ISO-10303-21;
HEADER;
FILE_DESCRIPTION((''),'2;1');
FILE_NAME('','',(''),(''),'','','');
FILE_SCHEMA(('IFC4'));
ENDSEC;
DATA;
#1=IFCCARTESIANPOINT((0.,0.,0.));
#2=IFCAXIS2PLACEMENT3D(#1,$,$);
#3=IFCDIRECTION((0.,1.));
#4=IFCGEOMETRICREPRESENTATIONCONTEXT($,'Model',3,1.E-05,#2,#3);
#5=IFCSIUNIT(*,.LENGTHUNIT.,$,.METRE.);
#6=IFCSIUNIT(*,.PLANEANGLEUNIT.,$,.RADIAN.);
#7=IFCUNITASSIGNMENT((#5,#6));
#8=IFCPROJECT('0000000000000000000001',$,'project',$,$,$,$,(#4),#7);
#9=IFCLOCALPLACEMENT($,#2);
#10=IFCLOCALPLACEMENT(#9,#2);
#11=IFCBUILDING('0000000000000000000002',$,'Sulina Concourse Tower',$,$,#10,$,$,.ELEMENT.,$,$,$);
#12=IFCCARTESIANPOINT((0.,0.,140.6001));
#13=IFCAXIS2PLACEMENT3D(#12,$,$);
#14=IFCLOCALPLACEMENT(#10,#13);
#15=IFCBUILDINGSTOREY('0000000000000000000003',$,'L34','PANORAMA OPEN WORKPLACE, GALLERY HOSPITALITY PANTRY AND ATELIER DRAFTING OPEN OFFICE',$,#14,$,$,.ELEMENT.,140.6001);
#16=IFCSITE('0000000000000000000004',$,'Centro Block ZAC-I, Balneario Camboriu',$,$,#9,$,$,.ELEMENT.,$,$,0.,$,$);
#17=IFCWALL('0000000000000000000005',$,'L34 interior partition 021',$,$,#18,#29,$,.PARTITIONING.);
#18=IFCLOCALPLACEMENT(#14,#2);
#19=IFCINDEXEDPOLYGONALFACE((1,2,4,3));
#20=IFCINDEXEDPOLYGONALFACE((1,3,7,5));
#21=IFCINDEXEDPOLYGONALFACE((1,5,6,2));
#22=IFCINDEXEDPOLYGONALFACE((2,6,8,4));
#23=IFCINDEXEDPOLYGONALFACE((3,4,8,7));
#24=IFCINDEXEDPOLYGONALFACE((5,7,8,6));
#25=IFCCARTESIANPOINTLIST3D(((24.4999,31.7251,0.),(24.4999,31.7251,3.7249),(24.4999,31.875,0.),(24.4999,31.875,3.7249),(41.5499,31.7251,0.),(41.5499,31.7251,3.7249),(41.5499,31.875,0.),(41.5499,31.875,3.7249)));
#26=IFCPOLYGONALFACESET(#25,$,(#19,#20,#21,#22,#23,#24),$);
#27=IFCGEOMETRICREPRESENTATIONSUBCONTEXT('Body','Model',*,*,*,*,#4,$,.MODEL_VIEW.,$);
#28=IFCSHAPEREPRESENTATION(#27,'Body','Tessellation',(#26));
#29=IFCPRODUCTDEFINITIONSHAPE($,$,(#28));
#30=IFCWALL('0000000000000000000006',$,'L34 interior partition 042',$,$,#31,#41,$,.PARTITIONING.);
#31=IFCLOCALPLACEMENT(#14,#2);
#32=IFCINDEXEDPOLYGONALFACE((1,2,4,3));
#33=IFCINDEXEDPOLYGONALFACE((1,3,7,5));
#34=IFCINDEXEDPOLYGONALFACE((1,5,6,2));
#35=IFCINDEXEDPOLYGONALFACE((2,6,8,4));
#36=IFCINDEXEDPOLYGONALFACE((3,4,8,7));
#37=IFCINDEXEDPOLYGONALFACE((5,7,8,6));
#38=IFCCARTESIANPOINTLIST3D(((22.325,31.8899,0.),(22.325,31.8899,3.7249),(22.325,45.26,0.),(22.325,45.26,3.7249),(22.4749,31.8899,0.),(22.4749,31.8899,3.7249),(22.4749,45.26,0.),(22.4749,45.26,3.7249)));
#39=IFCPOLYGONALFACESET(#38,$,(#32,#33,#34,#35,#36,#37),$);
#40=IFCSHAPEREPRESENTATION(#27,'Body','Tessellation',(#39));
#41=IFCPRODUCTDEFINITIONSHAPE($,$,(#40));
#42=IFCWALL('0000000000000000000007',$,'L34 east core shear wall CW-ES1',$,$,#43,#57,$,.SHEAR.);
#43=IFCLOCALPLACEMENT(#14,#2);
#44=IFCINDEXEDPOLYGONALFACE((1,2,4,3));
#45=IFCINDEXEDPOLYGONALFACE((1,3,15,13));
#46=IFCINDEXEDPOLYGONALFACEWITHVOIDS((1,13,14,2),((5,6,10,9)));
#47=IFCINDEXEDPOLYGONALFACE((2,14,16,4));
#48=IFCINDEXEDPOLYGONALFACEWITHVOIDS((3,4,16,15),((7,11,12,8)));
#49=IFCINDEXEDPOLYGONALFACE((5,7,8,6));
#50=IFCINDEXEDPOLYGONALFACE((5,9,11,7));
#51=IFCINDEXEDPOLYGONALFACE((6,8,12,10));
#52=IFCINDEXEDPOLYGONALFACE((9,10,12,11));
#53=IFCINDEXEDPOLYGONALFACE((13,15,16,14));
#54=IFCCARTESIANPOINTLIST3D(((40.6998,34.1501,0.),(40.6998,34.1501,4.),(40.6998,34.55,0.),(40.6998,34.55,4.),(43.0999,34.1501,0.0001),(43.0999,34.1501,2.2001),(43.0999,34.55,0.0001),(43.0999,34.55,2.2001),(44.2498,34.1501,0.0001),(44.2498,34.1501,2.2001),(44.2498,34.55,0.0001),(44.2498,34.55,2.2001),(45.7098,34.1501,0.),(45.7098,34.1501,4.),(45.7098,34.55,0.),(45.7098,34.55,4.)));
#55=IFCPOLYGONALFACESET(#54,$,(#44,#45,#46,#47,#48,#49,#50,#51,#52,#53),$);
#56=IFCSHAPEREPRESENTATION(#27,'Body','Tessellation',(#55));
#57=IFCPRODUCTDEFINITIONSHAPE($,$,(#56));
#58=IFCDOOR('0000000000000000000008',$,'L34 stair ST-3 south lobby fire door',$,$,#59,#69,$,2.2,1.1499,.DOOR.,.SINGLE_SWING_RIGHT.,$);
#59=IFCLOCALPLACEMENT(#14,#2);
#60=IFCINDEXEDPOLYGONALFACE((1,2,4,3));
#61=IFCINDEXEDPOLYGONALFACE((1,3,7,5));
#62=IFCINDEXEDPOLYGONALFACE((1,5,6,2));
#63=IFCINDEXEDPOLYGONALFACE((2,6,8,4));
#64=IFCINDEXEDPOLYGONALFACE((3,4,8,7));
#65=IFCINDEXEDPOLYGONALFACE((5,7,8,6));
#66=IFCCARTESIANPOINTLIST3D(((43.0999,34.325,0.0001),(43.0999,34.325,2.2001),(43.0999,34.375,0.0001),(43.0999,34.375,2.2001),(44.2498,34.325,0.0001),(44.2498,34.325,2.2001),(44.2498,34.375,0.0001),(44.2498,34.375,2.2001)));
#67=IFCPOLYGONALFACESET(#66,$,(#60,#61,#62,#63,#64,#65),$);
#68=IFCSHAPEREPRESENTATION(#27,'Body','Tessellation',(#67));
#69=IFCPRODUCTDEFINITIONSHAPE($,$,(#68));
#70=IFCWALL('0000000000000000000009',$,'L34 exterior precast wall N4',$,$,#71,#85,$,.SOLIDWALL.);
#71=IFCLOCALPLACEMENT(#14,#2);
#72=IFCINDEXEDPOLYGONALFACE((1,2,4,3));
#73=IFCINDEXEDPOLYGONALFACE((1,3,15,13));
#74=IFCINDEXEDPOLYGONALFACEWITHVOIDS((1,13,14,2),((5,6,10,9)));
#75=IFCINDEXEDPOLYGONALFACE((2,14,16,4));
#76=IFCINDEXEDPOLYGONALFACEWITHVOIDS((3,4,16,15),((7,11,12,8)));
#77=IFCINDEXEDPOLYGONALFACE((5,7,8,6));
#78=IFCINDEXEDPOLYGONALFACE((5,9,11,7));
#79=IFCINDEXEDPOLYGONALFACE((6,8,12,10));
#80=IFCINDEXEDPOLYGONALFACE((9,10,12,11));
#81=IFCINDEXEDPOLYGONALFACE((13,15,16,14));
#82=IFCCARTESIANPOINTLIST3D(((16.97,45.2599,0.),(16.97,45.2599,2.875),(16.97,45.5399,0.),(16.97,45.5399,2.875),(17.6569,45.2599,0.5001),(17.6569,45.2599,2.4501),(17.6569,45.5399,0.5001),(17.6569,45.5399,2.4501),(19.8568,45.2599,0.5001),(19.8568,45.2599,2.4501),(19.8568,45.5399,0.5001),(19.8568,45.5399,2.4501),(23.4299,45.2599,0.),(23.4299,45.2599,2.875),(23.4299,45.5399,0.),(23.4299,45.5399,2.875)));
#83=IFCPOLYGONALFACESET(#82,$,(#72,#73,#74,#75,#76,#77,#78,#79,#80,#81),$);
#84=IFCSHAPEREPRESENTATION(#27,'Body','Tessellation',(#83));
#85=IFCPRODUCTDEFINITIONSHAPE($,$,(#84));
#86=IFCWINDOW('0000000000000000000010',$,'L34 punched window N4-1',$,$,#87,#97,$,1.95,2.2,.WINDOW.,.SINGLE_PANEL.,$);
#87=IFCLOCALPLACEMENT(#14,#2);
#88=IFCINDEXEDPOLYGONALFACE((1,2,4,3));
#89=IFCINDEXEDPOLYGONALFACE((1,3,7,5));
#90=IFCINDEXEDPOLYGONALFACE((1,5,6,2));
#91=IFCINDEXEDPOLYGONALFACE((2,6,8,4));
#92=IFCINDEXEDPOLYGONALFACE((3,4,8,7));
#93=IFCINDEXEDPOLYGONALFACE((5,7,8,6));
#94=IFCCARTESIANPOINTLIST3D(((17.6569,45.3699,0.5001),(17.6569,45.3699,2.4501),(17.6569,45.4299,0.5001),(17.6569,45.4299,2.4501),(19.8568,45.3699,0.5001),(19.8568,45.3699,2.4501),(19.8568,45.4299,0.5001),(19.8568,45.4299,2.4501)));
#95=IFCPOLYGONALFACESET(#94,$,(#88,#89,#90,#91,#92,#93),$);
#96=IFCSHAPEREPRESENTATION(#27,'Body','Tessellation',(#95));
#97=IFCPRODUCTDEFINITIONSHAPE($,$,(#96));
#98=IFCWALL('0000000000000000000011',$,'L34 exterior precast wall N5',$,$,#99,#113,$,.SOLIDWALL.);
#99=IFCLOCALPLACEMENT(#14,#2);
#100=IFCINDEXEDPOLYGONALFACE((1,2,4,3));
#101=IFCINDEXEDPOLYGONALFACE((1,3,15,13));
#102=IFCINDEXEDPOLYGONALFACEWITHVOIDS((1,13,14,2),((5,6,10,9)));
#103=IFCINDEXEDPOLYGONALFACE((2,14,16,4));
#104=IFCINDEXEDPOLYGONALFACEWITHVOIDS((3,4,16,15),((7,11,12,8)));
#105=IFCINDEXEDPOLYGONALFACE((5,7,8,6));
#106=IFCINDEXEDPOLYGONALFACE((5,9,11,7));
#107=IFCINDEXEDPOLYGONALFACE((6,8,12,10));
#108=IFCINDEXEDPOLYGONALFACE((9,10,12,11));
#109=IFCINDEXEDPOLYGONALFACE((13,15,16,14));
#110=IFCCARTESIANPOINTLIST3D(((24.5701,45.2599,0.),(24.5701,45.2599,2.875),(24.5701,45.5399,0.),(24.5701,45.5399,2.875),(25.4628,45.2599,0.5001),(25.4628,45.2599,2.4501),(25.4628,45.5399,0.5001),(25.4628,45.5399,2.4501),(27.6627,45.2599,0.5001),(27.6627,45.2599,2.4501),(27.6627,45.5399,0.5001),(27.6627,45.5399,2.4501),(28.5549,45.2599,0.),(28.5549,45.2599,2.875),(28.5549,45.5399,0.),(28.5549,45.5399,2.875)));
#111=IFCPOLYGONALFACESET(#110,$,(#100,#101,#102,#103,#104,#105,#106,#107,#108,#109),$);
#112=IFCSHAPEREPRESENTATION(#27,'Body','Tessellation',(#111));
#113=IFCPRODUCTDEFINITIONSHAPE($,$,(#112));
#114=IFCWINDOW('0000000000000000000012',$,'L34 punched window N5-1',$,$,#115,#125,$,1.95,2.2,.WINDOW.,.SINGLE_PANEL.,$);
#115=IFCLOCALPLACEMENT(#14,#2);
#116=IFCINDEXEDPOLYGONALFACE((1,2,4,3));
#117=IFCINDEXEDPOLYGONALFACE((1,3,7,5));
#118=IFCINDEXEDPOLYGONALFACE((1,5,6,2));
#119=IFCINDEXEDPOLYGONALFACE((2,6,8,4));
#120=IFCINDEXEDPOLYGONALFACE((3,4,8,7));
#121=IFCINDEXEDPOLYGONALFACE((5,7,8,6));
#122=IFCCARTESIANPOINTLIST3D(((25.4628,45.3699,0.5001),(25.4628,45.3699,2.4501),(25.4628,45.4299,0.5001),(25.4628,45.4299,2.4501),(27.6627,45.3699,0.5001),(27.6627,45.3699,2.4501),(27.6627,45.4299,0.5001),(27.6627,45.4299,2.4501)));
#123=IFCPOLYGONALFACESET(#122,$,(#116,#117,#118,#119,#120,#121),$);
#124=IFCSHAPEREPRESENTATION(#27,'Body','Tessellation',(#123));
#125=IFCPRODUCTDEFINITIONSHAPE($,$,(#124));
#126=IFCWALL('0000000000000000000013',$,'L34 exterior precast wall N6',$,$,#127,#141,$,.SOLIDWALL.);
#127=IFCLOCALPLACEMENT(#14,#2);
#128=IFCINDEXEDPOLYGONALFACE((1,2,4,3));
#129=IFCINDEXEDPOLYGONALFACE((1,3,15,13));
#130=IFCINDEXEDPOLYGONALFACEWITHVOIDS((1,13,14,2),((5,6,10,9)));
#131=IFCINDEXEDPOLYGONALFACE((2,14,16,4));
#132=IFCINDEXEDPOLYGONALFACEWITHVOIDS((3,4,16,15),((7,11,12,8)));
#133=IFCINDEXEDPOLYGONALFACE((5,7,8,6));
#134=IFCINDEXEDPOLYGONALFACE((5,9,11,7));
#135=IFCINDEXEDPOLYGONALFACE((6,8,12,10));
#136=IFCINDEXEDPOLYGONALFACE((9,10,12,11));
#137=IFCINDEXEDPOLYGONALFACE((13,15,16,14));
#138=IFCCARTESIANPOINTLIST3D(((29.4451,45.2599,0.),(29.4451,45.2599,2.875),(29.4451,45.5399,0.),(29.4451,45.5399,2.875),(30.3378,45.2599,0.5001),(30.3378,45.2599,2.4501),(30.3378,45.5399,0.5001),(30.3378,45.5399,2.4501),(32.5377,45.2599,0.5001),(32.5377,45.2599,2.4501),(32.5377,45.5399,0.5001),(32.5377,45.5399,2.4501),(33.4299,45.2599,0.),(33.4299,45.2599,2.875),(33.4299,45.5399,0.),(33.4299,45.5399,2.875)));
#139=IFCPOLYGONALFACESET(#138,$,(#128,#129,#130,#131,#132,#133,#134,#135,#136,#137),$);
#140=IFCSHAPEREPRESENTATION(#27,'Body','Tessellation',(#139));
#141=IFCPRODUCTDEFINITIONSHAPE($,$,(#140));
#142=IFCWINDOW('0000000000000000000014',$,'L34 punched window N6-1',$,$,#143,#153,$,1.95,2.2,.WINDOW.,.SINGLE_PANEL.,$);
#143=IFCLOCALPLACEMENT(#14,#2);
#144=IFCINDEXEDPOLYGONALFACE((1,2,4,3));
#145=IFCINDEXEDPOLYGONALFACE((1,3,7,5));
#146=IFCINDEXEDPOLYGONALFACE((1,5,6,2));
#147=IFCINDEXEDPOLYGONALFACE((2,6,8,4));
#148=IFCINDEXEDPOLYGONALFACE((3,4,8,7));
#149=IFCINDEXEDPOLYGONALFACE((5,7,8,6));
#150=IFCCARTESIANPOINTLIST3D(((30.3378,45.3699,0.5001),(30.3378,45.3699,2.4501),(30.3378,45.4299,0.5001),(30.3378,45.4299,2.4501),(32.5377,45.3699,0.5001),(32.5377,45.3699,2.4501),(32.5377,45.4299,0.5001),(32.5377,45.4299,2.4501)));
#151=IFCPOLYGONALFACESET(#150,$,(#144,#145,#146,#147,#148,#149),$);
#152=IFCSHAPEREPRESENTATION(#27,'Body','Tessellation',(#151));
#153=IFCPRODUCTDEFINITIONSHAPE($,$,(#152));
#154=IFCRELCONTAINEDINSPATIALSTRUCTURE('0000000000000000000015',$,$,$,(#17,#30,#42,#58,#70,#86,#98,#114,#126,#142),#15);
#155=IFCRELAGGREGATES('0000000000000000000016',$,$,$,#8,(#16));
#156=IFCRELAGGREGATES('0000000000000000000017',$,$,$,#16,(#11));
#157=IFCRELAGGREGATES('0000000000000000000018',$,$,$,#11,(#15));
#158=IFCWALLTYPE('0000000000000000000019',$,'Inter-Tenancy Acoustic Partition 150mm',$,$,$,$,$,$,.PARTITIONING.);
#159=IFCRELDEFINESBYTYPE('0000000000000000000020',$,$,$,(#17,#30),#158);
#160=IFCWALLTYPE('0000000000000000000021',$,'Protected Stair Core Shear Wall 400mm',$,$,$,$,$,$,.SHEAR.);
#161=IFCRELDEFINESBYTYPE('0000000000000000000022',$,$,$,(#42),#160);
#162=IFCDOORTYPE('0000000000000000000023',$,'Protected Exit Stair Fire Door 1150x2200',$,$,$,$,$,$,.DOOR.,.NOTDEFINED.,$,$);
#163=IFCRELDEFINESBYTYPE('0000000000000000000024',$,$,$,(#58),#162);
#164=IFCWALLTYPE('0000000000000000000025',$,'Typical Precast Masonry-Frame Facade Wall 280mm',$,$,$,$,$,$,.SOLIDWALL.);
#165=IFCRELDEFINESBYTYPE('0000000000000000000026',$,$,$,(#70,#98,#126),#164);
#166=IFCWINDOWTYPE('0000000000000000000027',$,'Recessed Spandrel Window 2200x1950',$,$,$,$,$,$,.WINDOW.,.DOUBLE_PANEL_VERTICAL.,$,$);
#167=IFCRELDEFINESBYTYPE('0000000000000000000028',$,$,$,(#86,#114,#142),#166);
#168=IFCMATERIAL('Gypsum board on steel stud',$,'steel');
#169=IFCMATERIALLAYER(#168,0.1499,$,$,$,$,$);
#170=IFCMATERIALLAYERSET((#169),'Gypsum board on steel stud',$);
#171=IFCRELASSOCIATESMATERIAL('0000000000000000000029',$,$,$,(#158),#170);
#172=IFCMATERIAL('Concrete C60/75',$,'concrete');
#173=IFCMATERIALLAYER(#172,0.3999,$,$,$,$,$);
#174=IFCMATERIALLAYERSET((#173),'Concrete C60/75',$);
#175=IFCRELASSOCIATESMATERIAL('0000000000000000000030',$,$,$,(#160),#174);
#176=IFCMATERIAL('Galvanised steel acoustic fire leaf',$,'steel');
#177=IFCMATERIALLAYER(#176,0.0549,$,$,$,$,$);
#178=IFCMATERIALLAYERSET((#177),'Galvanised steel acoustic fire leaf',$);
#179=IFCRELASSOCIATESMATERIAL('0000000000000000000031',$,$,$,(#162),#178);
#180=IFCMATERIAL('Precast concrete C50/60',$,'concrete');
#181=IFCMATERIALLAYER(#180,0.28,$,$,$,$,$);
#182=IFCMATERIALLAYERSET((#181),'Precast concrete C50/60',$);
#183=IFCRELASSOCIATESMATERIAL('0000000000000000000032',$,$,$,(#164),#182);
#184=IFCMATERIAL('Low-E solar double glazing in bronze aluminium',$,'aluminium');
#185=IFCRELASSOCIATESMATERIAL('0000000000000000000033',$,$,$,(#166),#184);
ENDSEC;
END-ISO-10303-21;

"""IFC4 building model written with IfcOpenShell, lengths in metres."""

from ifc_helpers import new_model, si_unit, direction, frame, frame_2d, origin, place, context, subcontext, project, spatial, rectangle, extrude, material, layer, layer_set, type_object, element, fill, save


model = new_model("IFC4")

# Units and contexts
model_context = context("Model", 3, precision=1e-05, world=origin(), true_north=direction((0.0, 1.0)))
body_context = subcontext(model_context, "Body", "Model", "MODEL_VIEW")
ifc_project = project(units=[si_unit("LENGTHUNIT", "METRE"), si_unit("PLANEANGLEUNIT", "RADIAN")], contexts=[model_context])

# Site, building, storey
site_placement = place(None, origin())
site = spatial("IfcSite", under=ifc_project, at=site_placement, Name="Centro Block ZAC-I, Balneario Camboriu", CompositionType="ELEMENT", RefElevation=0.0)
building_placement = place(site_placement, origin())
building = spatial("IfcBuilding", under=site, at=building_placement, Name="Sulina Concourse Tower", CompositionType="ELEMENT")
storey_placement = place(building_placement, frame((0.0, 0.0, 140.6001)))
storey = spatial("IfcBuildingStorey", under=building, at=storey_placement, Name="L34", Description="PANORAMA OPEN WORKPLACE, GALLERY HOSPITALITY PANTRY AND ATELIER DRAFTING OPEN OFFICE", CompositionType="ELEMENT", Elevation=140.6001)

# Walls
ifc_material_1 = material(Name="Gypsum board on steel stud", Category="steel")
ifc_layer_1 = layer(ifc_material_1, 0.1499)
ifc_layer_set_1 = layer_set([ifc_layer_1], Name="Gypsum board on steel stud")
wall_type_1 = type_object("IfcWallType", Name="Inter-Tenancy Acoustic Partition 150mm", PredefinedType="PARTITIONING", material=ifc_layer_set_1)
wall_1_placement = place(storey_placement, frame((24.5, 31.8, 0.0), z_axis=(0.0, 0.0, 1.0), x_axis=(1.0, 0.0, 0.0)))
element("IfcWall", 1, at=wall_1_placement, inside=storey, type_object=wall_type_1, Name="L34 interior partition 021", PredefinedType="PARTITIONING", context=body_context, shape_type="SweptSolid", body=[
    extrude(rectangle(XDim=17.05, YDim=0.1499, at=frame_2d((8.5249, 0.0))), origin(), (0.0, 0.0, 1.0), 3.7249),
])
wall_2_placement = place(storey_placement, frame((22.3999, 31.8899, 0.0), z_axis=(0.0, 0.0, 1.0), x_axis=(0.0, 1.0, 0.0)))
element("IfcWall", 2, at=wall_2_placement, inside=storey, type_object=wall_type_1, Name="L34 interior partition 042", PredefinedType="PARTITIONING", context=body_context, shape_type="SweptSolid", body=[
    extrude(rectangle(XDim=13.3701, YDim=0.1499, at=frame_2d((6.6851, 0.0))), origin(), (0.0, 0.0, 1.0), 3.7249),
])

# Wall, opening, door
ifc_material_2 = material(Name="Concrete C60/75", Category="concrete")
ifc_layer_2 = layer(ifc_material_2, 0.3999)
ifc_layer_set_2 = layer_set([ifc_layer_2], Name="Concrete C60/75")
wall_type_2 = type_object("IfcWallType", Name="Protected Stair Core Shear Wall 400mm", PredefinedType="SHEAR", material=ifc_layer_set_2)
wall_3_placement = place(storey_placement, frame((40.7, 34.3501, 0.0), z_axis=(0.0, 0.0, 1.0), x_axis=(1.0, 0.0, 0.0)))
wall_3 = element("IfcWall", 3, at=wall_3_placement, inside=storey, type_object=wall_type_2, Name="L34 east core shear wall CW-ES1", PredefinedType="SHEAR", context=body_context, shape_type="SweptSolid", body=[
    extrude(rectangle(XDim=5.01, YDim=0.3999, at=frame_2d((2.5049, 0.0))), origin(), (0.0, 0.0, 1.0), 4.0),
])
opening_1_placement = place(wall_3_placement, frame((2.3999, 0.0, 0.0)))
opening_1 = element("IfcOpeningElement", 4, at=opening_1_placement, cuts=wall_3, PredefinedType="OPENING", context=body_context, shape_type="SweptSolid", body=[
    extrude(rectangle(XDim=1.1499, YDim=2.2, at=frame_2d((0.575, 1.1001))), frame((0.0, 0.21, 0.0), z_axis=(0.0, -1.0, 0.0), x_axis=(1.0, 0.0, 0.0)), (0.0, 0.0, 1.0), 0.4199),
])
ifc_material_3 = material(Name="Galvanised steel acoustic fire leaf", Category="steel")
ifc_layer_3 = layer(ifc_material_3, 0.0549)
ifc_layer_set_3 = layer_set([ifc_layer_3], Name="Galvanised steel acoustic fire leaf")
door_type = type_object("IfcDoorType", Name="Protected Exit Stair Fire Door 1150x2200", OperationType="NOTDEFINED", PredefinedType="DOOR", material=ifc_layer_set_3)
door_placement = place(opening_1_placement, origin())
door = element("IfcDoor", 5, at=door_placement, inside=storey, type_object=door_type, Name="L34 stair ST-3 south lobby fire door", OperationType="SINGLE_SWING_RIGHT", OverallHeight=2.2, OverallWidth=1.1499, PredefinedType="DOOR", context=body_context, shape_type="SweptSolid", body=[
    extrude(rectangle(XDim=1.1499, YDim=2.2, at=frame_2d((0.575, 1.1001))), frame((0.0, 0.0249, 0.0), z_axis=(0.0, -1.0, 0.0), x_axis=(1.0, 0.0, 0.0)), (0.0, 0.0, 1.0), 0.05),
])
fill(opening_1, door)

# Walls, openings, windows
ifc_material_4 = material(Name="Precast concrete C50/60", Category="concrete")
ifc_layer_4 = layer(ifc_material_4, 0.28)
ifc_layer_set_4 = layer_set([ifc_layer_4], Name="Precast concrete C50/60")
wall_type_3 = type_object("IfcWallType", Name="Typical Precast Masonry-Frame Facade Wall 280mm", PredefinedType="SOLIDWALL", material=ifc_layer_set_4)
wall_4_placement = place(storey_placement, frame((16.97, 45.3999, 0.0), z_axis=(0.0, 0.0, 1.0), x_axis=(1.0, 0.0, 0.0)))
wall_4 = element("IfcWall", 6, at=wall_4_placement, inside=storey, type_object=wall_type_3, Name="L34 exterior precast wall N4", PredefinedType="SOLIDWALL", context=body_context, shape_type="SweptSolid", body=[
    extrude(rectangle(XDim=6.46, YDim=0.28, at=frame_2d((3.23, 0.0))), origin(), (0.0, 0.0, 1.0), 2.875),
])
opening_2_placement = place(wall_4_placement, frame((0.6868, 0.0, 0.5)))
opening_2 = element("IfcOpeningElement", 7, at=opening_2_placement, cuts=wall_4, PredefinedType="OPENING", context=body_context, shape_type="SweptSolid", body=[
    extrude(rectangle(XDim=2.2, YDim=1.95, at=frame_2d((1.1001, 0.9751))), frame((0.0, 0.1499, 0.0), z_axis=(0.0, -1.0, 0.0), x_axis=(1.0, 0.0, 0.0)), (0.0, 0.0, 1.0), 0.3),
])
ifc_material_5 = material(Name="Low-E solar double glazing in bronze aluminium", Category="aluminium")
window_type = type_object("IfcWindowType", Name="Recessed Spandrel Window 2200x1950", PartitioningType="DOUBLE_PANEL_VERTICAL", PredefinedType="WINDOW", material=ifc_material_5)
window_1_placement = place(opening_2_placement, origin())
window_1 = element("IfcWindow", 8, at=window_1_placement, inside=storey, type_object=window_type, Name="L34 punched window N4-1", OverallHeight=1.95, OverallWidth=2.2, PartitioningType="SINGLE_PANEL", PredefinedType="WINDOW", context=body_context, shape_type="SweptSolid", body=[
    extrude(rectangle(XDim=2.2, YDim=1.95, at=frame_2d((1.1001, 0.9751))), frame((0.0, 0.03, 0.0), z_axis=(0.0, -1.0, 0.0), x_axis=(1.0, 0.0, 0.0)), (0.0, 0.0, 1.0), 0.0601),
])
fill(opening_2, window_1)
wall_5_placement = place(storey_placement, frame((24.5701, 45.3999, 0.0), z_axis=(0.0, 0.0, 1.0), x_axis=(1.0, 0.0, 0.0)))
wall_5 = element("IfcWall", 9, at=wall_5_placement, inside=storey, type_object=wall_type_3, Name="L34 exterior precast wall N5", PredefinedType="SOLIDWALL", context=body_context, shape_type="SweptSolid", body=[
    extrude(rectangle(XDim=3.9849, YDim=0.28, at=frame_2d((1.9924, 0.0))), origin(), (0.0, 0.0, 1.0), 2.875),
])
opening_3_placement = place(wall_5_placement, frame((0.8926, 0.0, 0.5)))
opening_3 = element("IfcOpeningElement", 10, at=opening_3_placement, cuts=wall_5, PredefinedType="OPENING", context=body_context, shape_type="SweptSolid", body=[
    extrude(rectangle(XDim=2.2, YDim=1.95, at=frame_2d((1.1001, 0.9751))), frame((0.0, 0.1499, 0.0), z_axis=(0.0, -1.0, 0.0), x_axis=(1.0, 0.0, 0.0)), (0.0, 0.0, 1.0), 0.3),
])
window_2_placement = place(opening_3_placement, origin())
window_2 = element("IfcWindow", 11, at=window_2_placement, inside=storey, type_object=window_type, Name="L34 punched window N5-1", OverallHeight=1.95, OverallWidth=2.2, PartitioningType="SINGLE_PANEL", PredefinedType="WINDOW", context=body_context, shape_type="SweptSolid", body=[
    extrude(rectangle(XDim=2.2, YDim=1.95, at=frame_2d((1.1001, 0.9751))), frame((0.0, 0.03, 0.0), z_axis=(0.0, -1.0, 0.0), x_axis=(1.0, 0.0, 0.0)), (0.0, 0.0, 1.0), 0.0601),
])
fill(opening_3, window_2)
wall_6_placement = place(storey_placement, frame((29.4451, 45.3999, 0.0), z_axis=(0.0, 0.0, 1.0), x_axis=(1.0, 0.0, 0.0)))
wall_6 = element("IfcWall", 12, at=wall_6_placement, inside=storey, type_object=wall_type_3, Name="L34 exterior precast wall N6", PredefinedType="SOLIDWALL", context=body_context, shape_type="SweptSolid", body=[
    extrude(rectangle(XDim=3.9849, YDim=0.28, at=frame_2d((1.9924, 0.0))), origin(), (0.0, 0.0, 1.0), 2.875),
])
opening_4_placement = place(wall_6_placement, frame((0.8926, 0.0, 0.5)))
opening_4 = element("IfcOpeningElement", 13, at=opening_4_placement, cuts=wall_6, PredefinedType="OPENING", context=body_context, shape_type="SweptSolid", body=[
    extrude(rectangle(XDim=2.2, YDim=1.95, at=frame_2d((1.1001, 0.9751))), frame((0.0, 0.1499, 0.0), z_axis=(0.0, -1.0, 0.0), x_axis=(1.0, 0.0, 0.0)), (0.0, 0.0, 1.0), 0.3),
])
window_3_placement = place(opening_4_placement, origin())
window_3 = element("IfcWindow", 14, at=window_3_placement, inside=storey, type_object=window_type, Name="L34 punched window N6-1", OverallHeight=1.95, OverallWidth=2.2, PartitioningType="SINGLE_PANEL", PredefinedType="WINDOW", context=body_context, shape_type="SweptSolid", body=[
    extrude(rectangle(XDim=2.2, YDim=1.95, at=frame_2d((1.1001, 0.9751))), frame((0.0, 0.03, 0.0), z_axis=(0.0, -1.0, 0.0), x_axis=(1.0, 0.0, 0.0)), (0.0, 0.0, 1.0), 0.0601),
])
fill(opening_4, window_3)

save(model, "model.ifc")
